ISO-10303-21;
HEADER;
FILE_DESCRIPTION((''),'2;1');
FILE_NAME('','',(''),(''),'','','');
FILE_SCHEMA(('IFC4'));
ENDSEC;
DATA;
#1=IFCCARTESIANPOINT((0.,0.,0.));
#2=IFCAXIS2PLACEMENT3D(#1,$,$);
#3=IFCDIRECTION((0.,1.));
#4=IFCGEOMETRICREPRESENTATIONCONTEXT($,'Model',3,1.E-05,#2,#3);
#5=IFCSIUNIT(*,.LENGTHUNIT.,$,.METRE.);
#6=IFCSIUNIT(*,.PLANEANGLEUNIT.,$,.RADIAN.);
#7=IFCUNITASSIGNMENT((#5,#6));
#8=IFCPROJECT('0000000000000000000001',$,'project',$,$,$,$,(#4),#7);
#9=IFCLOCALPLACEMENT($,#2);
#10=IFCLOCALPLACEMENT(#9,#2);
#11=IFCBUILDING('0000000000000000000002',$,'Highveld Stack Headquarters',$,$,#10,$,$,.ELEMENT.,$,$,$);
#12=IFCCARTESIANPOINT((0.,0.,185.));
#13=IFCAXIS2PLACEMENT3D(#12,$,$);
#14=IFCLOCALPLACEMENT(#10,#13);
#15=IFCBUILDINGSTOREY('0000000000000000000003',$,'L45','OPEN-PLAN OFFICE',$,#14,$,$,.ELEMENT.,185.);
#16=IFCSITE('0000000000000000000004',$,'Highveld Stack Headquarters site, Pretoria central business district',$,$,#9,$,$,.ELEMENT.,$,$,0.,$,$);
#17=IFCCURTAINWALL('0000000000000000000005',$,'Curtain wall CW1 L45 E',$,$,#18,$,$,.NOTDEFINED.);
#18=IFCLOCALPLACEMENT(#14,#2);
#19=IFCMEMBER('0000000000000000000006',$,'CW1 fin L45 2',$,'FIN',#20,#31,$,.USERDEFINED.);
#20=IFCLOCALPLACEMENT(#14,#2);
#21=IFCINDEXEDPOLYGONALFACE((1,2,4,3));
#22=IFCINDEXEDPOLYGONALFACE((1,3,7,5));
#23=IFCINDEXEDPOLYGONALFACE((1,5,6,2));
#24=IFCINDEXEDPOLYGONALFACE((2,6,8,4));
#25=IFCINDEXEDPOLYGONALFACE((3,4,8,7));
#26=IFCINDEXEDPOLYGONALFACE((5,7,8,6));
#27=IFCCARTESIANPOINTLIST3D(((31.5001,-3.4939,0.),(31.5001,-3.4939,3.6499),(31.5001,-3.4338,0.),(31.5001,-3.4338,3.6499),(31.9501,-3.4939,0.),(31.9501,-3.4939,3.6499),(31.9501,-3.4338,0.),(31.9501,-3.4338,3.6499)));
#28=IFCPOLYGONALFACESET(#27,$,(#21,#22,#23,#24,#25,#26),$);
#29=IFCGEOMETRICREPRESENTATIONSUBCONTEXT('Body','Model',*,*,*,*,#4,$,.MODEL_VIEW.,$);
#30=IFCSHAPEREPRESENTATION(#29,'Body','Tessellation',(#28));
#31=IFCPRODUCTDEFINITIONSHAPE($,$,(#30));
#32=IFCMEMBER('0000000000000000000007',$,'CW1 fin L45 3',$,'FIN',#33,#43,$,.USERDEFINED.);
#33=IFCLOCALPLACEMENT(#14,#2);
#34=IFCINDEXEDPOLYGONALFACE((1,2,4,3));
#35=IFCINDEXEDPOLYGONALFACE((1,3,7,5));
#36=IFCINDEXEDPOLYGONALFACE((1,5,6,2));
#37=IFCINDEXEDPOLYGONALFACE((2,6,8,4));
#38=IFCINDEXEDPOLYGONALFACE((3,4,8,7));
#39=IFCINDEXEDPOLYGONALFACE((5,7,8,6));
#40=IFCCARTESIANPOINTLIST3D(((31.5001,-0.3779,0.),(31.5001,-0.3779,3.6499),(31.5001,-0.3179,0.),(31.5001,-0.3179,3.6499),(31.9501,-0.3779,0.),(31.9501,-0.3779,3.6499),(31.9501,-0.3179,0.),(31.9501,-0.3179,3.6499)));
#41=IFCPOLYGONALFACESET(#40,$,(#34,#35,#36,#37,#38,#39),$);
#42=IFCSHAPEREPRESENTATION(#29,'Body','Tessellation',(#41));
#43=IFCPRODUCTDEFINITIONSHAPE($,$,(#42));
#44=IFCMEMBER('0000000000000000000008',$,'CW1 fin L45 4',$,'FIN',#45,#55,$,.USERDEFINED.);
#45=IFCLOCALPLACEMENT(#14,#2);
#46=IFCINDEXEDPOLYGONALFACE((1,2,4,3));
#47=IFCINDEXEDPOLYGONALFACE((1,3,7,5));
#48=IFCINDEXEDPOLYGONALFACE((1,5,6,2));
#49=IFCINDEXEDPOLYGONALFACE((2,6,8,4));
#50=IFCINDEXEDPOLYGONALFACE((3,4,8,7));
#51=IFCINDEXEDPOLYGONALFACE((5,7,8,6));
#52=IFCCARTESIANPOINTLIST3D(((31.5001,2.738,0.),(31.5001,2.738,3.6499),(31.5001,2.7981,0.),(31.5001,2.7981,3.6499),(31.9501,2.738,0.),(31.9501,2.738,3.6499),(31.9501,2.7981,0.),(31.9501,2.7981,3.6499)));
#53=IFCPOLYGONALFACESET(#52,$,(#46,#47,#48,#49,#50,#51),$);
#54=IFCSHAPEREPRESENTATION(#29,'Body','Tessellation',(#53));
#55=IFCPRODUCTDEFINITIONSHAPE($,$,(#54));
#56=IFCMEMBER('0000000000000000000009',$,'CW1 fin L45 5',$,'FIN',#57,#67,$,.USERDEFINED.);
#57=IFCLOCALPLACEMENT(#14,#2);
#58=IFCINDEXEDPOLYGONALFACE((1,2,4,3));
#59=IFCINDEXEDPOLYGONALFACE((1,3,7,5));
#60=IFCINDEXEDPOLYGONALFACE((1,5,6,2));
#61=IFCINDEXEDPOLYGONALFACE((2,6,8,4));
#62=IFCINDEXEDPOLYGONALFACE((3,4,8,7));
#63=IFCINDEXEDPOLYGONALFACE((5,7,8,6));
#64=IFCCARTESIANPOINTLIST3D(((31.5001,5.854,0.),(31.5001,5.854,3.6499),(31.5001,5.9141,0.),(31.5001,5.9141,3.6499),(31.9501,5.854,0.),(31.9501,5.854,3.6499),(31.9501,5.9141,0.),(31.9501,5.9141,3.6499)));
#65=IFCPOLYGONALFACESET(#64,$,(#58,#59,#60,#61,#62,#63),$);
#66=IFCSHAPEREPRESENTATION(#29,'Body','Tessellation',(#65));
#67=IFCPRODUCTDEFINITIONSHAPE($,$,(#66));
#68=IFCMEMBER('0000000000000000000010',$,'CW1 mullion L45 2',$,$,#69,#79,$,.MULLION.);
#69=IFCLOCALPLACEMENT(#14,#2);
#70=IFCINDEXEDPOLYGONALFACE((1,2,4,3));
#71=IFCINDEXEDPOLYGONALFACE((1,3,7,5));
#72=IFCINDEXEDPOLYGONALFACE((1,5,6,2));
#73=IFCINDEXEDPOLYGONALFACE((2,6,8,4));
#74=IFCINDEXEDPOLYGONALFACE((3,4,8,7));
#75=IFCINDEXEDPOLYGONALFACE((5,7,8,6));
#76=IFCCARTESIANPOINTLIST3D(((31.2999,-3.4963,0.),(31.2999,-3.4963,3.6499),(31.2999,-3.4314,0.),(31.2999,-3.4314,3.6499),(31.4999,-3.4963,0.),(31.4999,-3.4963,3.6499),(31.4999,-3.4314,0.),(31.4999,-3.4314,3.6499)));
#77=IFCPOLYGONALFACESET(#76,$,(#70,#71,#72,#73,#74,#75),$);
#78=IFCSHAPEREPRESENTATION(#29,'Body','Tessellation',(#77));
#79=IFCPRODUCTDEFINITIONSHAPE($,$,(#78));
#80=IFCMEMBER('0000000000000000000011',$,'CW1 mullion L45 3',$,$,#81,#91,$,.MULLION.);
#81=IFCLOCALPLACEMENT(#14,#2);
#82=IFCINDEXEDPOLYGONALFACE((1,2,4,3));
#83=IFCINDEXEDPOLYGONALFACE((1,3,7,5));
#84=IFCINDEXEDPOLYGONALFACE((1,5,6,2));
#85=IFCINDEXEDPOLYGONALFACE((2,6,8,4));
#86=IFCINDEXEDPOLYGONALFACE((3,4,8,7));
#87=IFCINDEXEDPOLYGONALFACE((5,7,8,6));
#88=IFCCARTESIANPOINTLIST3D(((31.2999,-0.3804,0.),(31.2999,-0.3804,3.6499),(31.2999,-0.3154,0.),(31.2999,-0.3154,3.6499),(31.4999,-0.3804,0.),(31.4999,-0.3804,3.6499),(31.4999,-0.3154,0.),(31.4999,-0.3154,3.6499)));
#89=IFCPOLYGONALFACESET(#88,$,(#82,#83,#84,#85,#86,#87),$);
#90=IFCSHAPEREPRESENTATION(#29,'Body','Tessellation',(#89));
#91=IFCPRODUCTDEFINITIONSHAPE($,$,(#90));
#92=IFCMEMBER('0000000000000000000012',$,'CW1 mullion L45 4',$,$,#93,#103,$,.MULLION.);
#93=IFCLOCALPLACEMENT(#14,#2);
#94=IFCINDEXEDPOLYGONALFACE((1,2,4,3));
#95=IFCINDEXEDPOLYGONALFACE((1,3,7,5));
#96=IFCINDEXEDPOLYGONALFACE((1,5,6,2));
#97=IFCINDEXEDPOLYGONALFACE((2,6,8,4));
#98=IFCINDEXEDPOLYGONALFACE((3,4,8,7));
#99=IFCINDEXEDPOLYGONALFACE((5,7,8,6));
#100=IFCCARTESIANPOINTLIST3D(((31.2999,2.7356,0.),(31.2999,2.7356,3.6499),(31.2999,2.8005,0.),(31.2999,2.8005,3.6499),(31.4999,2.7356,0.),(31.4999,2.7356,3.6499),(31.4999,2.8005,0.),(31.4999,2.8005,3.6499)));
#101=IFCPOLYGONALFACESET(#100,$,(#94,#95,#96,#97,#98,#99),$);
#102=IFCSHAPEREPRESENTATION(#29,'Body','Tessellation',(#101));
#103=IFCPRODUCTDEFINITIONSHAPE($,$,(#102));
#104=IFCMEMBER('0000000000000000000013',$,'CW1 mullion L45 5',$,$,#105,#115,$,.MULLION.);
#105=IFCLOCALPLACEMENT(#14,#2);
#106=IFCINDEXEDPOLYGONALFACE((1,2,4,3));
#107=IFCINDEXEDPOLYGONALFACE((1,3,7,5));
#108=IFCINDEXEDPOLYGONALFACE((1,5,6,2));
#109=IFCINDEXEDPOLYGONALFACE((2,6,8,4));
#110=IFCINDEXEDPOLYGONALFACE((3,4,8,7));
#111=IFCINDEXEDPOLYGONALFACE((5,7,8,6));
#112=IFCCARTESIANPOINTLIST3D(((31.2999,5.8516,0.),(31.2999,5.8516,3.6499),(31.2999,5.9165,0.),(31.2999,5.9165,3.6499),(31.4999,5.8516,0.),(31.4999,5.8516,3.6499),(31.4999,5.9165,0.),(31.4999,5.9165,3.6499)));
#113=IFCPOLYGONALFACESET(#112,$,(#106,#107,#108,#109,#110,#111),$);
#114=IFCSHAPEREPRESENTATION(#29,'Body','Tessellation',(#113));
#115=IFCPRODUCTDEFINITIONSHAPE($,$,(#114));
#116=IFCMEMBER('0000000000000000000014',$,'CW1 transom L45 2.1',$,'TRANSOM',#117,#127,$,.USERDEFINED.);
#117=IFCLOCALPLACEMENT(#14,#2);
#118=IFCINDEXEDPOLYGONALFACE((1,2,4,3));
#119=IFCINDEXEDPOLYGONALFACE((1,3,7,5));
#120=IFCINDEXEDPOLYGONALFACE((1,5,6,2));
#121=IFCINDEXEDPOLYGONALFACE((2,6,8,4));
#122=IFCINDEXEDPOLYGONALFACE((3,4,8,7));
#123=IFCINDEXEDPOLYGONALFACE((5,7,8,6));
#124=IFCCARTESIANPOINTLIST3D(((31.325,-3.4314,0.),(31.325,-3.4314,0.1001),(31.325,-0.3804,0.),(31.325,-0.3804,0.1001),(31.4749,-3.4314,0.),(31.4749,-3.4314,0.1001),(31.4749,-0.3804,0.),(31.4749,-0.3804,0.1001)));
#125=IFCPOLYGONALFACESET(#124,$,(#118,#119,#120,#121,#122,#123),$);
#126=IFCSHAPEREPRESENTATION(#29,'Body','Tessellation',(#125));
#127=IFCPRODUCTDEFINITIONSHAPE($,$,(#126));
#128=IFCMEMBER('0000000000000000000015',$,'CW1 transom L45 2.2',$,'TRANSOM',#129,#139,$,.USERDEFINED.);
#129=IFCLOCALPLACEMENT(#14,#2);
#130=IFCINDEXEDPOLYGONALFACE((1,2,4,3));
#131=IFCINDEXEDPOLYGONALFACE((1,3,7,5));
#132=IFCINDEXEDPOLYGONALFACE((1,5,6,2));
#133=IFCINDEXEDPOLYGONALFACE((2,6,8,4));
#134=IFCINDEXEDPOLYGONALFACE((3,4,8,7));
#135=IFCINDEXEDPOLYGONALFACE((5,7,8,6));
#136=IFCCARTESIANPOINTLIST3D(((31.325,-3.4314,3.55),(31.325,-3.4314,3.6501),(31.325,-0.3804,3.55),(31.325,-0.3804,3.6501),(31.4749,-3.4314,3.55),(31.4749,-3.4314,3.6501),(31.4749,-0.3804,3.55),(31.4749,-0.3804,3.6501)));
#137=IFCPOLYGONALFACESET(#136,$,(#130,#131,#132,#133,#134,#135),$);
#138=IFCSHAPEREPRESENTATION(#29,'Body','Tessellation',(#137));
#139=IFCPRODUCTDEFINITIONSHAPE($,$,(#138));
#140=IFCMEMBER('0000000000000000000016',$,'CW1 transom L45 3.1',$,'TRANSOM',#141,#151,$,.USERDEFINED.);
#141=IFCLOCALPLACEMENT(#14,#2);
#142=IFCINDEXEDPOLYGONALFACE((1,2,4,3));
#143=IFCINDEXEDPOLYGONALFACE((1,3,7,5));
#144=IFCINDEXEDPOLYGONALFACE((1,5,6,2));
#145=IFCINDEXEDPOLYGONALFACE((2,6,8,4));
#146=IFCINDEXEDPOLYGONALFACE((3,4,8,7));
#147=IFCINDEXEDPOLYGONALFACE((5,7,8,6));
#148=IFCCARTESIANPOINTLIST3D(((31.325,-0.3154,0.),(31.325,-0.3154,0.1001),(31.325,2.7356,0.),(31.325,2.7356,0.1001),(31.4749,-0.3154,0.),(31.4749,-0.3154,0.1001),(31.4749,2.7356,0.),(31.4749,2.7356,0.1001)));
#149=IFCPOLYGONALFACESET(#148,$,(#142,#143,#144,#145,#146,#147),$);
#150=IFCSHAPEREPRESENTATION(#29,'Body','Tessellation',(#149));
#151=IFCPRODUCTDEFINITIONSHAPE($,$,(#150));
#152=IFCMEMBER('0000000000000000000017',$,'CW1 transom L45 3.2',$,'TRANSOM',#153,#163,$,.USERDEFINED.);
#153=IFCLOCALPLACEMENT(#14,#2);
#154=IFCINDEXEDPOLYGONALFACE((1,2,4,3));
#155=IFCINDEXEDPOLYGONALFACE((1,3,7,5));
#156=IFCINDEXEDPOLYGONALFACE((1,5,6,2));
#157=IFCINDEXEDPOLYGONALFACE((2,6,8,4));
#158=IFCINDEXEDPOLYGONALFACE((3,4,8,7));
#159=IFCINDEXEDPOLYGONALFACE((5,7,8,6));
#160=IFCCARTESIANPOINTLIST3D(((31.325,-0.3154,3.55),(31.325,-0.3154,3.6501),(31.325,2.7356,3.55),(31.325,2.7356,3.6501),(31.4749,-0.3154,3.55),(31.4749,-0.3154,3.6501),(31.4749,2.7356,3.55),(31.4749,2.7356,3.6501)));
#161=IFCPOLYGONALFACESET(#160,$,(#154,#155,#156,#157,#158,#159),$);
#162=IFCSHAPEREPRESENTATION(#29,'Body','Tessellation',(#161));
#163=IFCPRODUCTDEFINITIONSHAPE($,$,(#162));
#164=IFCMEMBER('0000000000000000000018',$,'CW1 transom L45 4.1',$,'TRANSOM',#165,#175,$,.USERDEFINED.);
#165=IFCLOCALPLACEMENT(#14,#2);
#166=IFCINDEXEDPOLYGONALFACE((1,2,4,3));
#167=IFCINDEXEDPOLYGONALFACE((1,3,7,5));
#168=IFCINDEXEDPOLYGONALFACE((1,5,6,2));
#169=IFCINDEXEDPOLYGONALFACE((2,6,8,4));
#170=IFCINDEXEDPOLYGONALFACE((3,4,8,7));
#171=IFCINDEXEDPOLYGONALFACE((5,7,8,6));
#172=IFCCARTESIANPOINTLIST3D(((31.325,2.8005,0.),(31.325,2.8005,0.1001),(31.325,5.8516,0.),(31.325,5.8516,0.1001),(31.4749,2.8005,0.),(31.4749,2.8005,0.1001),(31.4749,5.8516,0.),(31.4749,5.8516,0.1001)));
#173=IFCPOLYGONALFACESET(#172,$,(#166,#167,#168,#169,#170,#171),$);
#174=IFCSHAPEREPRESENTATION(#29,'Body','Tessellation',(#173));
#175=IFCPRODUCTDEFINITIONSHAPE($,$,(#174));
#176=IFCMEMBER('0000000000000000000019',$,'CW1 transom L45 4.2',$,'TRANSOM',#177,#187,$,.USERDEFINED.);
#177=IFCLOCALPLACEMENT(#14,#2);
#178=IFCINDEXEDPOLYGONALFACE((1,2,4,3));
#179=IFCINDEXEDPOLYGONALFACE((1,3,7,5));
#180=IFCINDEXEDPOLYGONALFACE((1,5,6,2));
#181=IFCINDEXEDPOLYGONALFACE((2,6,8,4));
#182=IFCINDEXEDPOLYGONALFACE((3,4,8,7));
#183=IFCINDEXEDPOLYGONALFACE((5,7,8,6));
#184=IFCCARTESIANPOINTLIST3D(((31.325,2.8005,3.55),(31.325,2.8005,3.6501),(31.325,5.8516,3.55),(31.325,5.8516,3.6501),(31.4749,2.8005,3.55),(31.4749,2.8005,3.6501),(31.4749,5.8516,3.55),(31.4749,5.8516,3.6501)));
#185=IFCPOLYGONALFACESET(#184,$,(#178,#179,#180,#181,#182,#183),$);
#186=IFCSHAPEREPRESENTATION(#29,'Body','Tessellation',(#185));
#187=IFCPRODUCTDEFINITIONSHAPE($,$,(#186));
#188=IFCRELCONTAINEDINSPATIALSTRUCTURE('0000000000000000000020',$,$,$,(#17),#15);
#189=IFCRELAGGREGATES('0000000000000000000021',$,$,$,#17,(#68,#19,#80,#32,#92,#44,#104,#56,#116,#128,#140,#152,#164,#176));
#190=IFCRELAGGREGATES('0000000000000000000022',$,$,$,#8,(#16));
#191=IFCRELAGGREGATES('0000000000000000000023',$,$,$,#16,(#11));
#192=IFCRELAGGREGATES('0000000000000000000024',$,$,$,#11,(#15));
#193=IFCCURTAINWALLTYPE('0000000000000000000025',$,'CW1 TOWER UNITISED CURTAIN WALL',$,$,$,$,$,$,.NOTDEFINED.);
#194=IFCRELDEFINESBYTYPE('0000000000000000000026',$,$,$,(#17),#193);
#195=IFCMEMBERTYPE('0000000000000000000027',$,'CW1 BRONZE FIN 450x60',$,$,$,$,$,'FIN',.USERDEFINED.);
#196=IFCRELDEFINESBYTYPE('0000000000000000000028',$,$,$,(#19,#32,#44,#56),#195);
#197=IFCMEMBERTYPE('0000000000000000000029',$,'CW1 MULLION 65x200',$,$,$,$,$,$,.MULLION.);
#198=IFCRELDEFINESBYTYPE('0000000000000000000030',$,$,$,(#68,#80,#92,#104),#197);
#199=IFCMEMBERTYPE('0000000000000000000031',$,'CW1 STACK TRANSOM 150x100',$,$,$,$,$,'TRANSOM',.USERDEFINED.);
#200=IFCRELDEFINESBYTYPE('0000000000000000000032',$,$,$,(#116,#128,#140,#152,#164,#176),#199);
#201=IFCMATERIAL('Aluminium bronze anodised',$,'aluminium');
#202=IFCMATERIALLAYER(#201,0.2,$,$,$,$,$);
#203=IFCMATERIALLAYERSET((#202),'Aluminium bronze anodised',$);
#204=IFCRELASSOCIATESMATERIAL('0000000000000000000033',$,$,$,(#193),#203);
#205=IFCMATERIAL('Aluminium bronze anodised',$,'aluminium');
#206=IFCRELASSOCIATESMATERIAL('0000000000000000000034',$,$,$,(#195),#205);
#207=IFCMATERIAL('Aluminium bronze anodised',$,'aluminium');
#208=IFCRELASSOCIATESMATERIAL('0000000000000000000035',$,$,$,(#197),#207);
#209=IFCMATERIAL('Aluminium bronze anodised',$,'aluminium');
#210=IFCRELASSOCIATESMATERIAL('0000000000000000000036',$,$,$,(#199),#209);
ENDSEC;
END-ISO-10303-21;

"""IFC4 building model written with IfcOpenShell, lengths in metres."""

from ifc_helpers import new_model, si_unit, direction, frame, origin, origin_2d, place, context, subcontext, project, spatial, rectangle, extrude, material, layer, layer_set, material_profile, profile_set, type_object, element, aggregate, save


model = new_model("IFC4")

# Units and contexts
model_context = context("Model", 3, precision=1e-05, world=origin(), true_north=direction((0.0, 1.0)))
body_context = subcontext(model_context, "Body", "Model", "MODEL_VIEW")
ifc_project = project(units=[si_unit("LENGTHUNIT", "METRE"), si_unit("PLANEANGLEUNIT", "RADIAN")], contexts=[model_context])

# Site, building, storey
site_placement = place(None, origin())
site = spatial("IfcSite", under=ifc_project, at=site_placement, Name="Highveld Stack Headquarters site, Pretoria central business district", CompositionType="ELEMENT", RefElevation=0.0)
building_placement = place(site_placement, origin())
building = spatial("IfcBuilding", under=site, at=building_placement, Name="Highveld Stack Headquarters", CompositionType="ELEMENT")
storey_placement = place(building_placement, frame((0.0, 0.0, 185.0)))
storey = spatial("IfcBuildingStorey", under=building, at=storey_placement, Name="L45", Description="OPEN-PLAN OFFICE", CompositionType="ELEMENT", Elevation=185.0)

# Curtain wall, members
ifc_material_1 = material(Name="Aluminium bronze anodised", Category="aluminium")
ifc_layer_1 = layer(ifc_material_1, 0.2)
ifc_layer_set_1 = layer_set([ifc_layer_1], Name="Aluminium bronze anodised")
curtain_wall_type = type_object("IfcCurtainWallType", Name="CW1 TOWER UNITISED CURTAIN WALL", PredefinedType="NOTDEFINED", material=ifc_layer_set_1)
curtain_wall_placement = place(storey_placement, origin())
curtain_wall = element("IfcCurtainWall", 1, at=curtain_wall_placement, inside=storey, type_object=curtain_wall_type, Name="Curtain wall CW1 L45 E", PredefinedType="NOTDEFINED")
ifc_material_2 = material(Name="Aluminium bronze anodised", Category="aluminium")
ifc_material_profile_1 = material_profile(ifc_material_2, rectangle(XDim=0.45, YDim=0.0601, at=origin_2d()), Name="FIN 450x60")
ifc_profile_set_1 = profile_set([ifc_material_profile_1], Name="Aluminium bronze anodised")
member_type_1 = type_object("IfcMemberType", Name="CW1 BRONZE FIN 450x60", ElementType="FIN", PredefinedType="USERDEFINED", material=ifc_profile_set_1)
member_1_placement = place(storey_placement, frame((31.7251, -3.4639, 0.0), z_axis=(0.0, 0.0, 1.0), x_axis=(-1.0, 0.0, 0.0)))
member_1 = element("IfcMember", 2, at=member_1_placement, type_object=member_type_1, Name="CW1 fin L45 2", ObjectType="FIN", PredefinedType="USERDEFINED", context=body_context, shape_type="SweptSolid", body=[
    extrude(rectangle(XDim=0.45, YDim=0.0601, at=origin_2d()), origin(), (0.0, 0.0, 1.0), 3.6499),
])
member_2_placement = place(storey_placement, frame((31.7251, -0.3479, 0.0), z_axis=(0.0, 0.0, 1.0), x_axis=(-1.0, 0.0, 0.0)))
member_2 = element("IfcMember", 3, at=member_2_placement, type_object=member_type_1, Name="CW1 fin L45 3", ObjectType="FIN", PredefinedType="USERDEFINED", context=body_context, shape_type="SweptSolid", body=[
    extrude(rectangle(XDim=0.45, YDim=0.0601, at=origin_2d()), origin(), (0.0, 0.0, 1.0), 3.6499),
])
member_3_placement = place(storey_placement, frame((31.7251, 2.7681, 0.0), z_axis=(0.0, 0.0, 1.0), x_axis=(-1.0, 0.0, 0.0)))
member_3 = element("IfcMember", 4, at=member_3_placement, type_object=member_type_1, Name="CW1 fin L45 4", ObjectType="FIN", PredefinedType="USERDEFINED", context=body_context, shape_type="SweptSolid", body=[
    extrude(rectangle(XDim=0.45, YDim=0.0601, at=origin_2d()), origin(), (0.0, 0.0, 1.0), 3.6499),
])
member_4_placement = place(storey_placement, frame((31.7251, 5.884, 0.0), z_axis=(0.0, 0.0, 1.0), x_axis=(-1.0, 0.0, 0.0)))
member_4 = element("IfcMember", 5, at=member_4_placement, type_object=member_type_1, Name="CW1 fin L45 5", ObjectType="FIN", PredefinedType="USERDEFINED", context=body_context, shape_type="SweptSolid", body=[
    extrude(rectangle(XDim=0.45, YDim=0.0601, at=origin_2d()), origin(), (0.0, 0.0, 1.0), 3.6499),
])
ifc_material_3 = material(Name="Aluminium bronze anodised", Category="aluminium")
ifc_material_profile_2 = material_profile(ifc_material_3, rectangle(XDim=0.2, YDim=0.0649, at=origin_2d()), Name="CW1 MULLION 65x200")
ifc_profile_set_2 = profile_set([ifc_material_profile_2], Name="Aluminium bronze anodised")
member_type_2 = type_object("IfcMemberType", Name="CW1 MULLION 65x200", PredefinedType="MULLION", material=ifc_profile_set_2)
member_5_placement = place(storey_placement, frame((31.3999, -3.4639, 0.0), z_axis=(0.0, 0.0, 1.0), x_axis=(-1.0, 0.0, 0.0)))
member_5 = element("IfcMember", 6, at=member_5_placement, type_object=member_type_2, Name="CW1 mullion L45 2", PredefinedType="MULLION", context=body_context, shape_type="SweptSolid", body=[
    extrude(rectangle(XDim=0.2, YDim=0.0649, at=origin_2d()), origin(), (0.0, 0.0, 1.0), 3.6499),
])
member_6_placement = place(storey_placement, frame((31.3999, -0.3479, 0.0), z_axis=(0.0, 0.0, 1.0), x_axis=(-1.0, 0.0, 0.0)))
member_6 = element("IfcMember", 7, at=member_6_placement, type_object=member_type_2, Name="CW1 mullion L45 3", PredefinedType="MULLION", context=body_context, shape_type="SweptSolid", body=[
    extrude(rectangle(XDim=0.2, YDim=0.0649, at=origin_2d()), origin(), (0.0, 0.0, 1.0), 3.6499),
])
member_7_placement = place(storey_placement, frame((31.3999, 2.7681, 0.0), z_axis=(0.0, 0.0, 1.0), x_axis=(-1.0, 0.0, 0.0)))
member_7 = element("IfcMember", 8, at=member_7_placement, type_object=member_type_2, Name="CW1 mullion L45 4", PredefinedType="MULLION", context=body_context, shape_type="SweptSolid", body=[
    extrude(rectangle(XDim=0.2, YDim=0.0649, at=origin_2d()), origin(), (0.0, 0.0, 1.0), 3.6499),
])
member_8_placement = place(storey_placement, frame((31.3999, 5.884, 0.0), z_axis=(0.0, 0.0, 1.0), x_axis=(-1.0, 0.0, 0.0)))
member_8 = element("IfcMember", 9, at=member_8_placement, type_object=member_type_2, Name="CW1 mullion L45 5", PredefinedType="MULLION", context=body_context, shape_type="SweptSolid", body=[
    extrude(rectangle(XDim=0.2, YDim=0.0649, at=origin_2d()), origin(), (0.0, 0.0, 1.0), 3.6499),
])
ifc_material_4 = material(Name="Aluminium bronze anodised", Category="aluminium")
ifc_material_profile_3 = material_profile(ifc_material_4, rectangle(XDim=0.1499, YDim=0.1001, at=origin_2d()), Name="CW1 TRANSOM 150x100")
ifc_profile_set_3 = profile_set([ifc_material_profile_3], Name="Aluminium bronze anodised")
member_type_3 = type_object("IfcMemberType", Name="CW1 STACK TRANSOM 150x100", ElementType="TRANSOM", PredefinedType="USERDEFINED", material=ifc_profile_set_3)
member_9_placement = place(storey_placement, frame((31.3999, -3.4314, 0.05), z_axis=(0.0, 1.0, 0.0), x_axis=(-1.0, 0.0, 0.0)))
member_9 = element("IfcMember", 10, at=member_9_placement, type_object=member_type_3, Name="CW1 transom L45 2.1", ObjectType="TRANSOM", PredefinedType="USERDEFINED", context=body_context, shape_type="SweptSolid", body=[
    extrude(rectangle(XDim=0.1499, YDim=0.1001, at=origin_2d()), origin(), (0.0, 0.0, 1.0), 3.051),
])
member_10_placement = place(storey_placement, frame((31.3999, -3.4314, 3.6001), z_axis=(0.0, 1.0, 0.0), x_axis=(-1.0, 0.0, 0.0)))
member_10 = element("IfcMember", 11, at=member_10_placement, type_object=member_type_3, Name="CW1 transom L45 2.2", ObjectType="TRANSOM", PredefinedType="USERDEFINED", context=body_context, shape_type="SweptSolid", body=[
    extrude(rectangle(XDim=0.1499, YDim=0.1001, at=origin_2d()), origin(), (0.0, 0.0, 1.0), 3.051),
])
member_11_placement = place(storey_placement, frame((31.3999, -0.3154, 0.05), z_axis=(0.0, 1.0, 0.0), x_axis=(-1.0, 0.0, 0.0)))
member_11 = element("IfcMember", 12, at=member_11_placement, type_object=member_type_3, Name="CW1 transom L45 3.1", ObjectType="TRANSOM", PredefinedType="USERDEFINED", context=body_context, shape_type="SweptSolid", body=[
    extrude(rectangle(XDim=0.1499, YDim=0.1001, at=origin_2d()), origin(), (0.0, 0.0, 1.0), 3.051),
])
member_12_placement = place(storey_placement, frame((31.3999, -0.3154, 3.6001), z_axis=(0.0, 1.0, 0.0), x_axis=(-1.0, 0.0, 0.0)))
member_12 = element("IfcMember", 13, at=member_12_placement, type_object=member_type_3, Name="CW1 transom L45 3.2", ObjectType="TRANSOM", PredefinedType="USERDEFINED", context=body_context, shape_type="SweptSolid", body=[
    extrude(rectangle(XDim=0.1499, YDim=0.1001, at=origin_2d()), origin(), (0.0, 0.0, 1.0), 3.051),
])
member_13_placement = place(storey_placement, frame((31.3999, 2.8005, 0.05), z_axis=(0.0, 1.0, 0.0), x_axis=(-1.0, 0.0, 0.0)))
member_13 = element("IfcMember", 14, at=member_13_placement, type_object=member_type_3, Name="CW1 transom L45 4.1", ObjectType="TRANSOM", PredefinedType="USERDEFINED", context=body_context, shape_type="SweptSolid", body=[
    extrude(rectangle(XDim=0.1499, YDim=0.1001, at=origin_2d()), origin(), (0.0, 0.0, 1.0), 3.051),
])
member_14_placement = place(storey_placement, frame((31.3999, 2.8005, 3.6001), z_axis=(0.0, 1.0, 0.0), x_axis=(-1.0, 0.0, 0.0)))
member_14 = element("IfcMember", 15, at=member_14_placement, type_object=member_type_3, Name="CW1 transom L45 4.2", ObjectType="TRANSOM", PredefinedType="USERDEFINED", context=body_context, shape_type="SweptSolid", body=[
    extrude(rectangle(XDim=0.1499, YDim=0.1001, at=origin_2d()), origin(), (0.0, 0.0, 1.0), 3.051),
])

aggregate(curtain_wall, [member_5, member_1, member_6, member_2, member_7, member_3, member_8, member_4, member_9, member_10, member_11, member_12, member_13, member_14])

save(model, "model.ifc")
